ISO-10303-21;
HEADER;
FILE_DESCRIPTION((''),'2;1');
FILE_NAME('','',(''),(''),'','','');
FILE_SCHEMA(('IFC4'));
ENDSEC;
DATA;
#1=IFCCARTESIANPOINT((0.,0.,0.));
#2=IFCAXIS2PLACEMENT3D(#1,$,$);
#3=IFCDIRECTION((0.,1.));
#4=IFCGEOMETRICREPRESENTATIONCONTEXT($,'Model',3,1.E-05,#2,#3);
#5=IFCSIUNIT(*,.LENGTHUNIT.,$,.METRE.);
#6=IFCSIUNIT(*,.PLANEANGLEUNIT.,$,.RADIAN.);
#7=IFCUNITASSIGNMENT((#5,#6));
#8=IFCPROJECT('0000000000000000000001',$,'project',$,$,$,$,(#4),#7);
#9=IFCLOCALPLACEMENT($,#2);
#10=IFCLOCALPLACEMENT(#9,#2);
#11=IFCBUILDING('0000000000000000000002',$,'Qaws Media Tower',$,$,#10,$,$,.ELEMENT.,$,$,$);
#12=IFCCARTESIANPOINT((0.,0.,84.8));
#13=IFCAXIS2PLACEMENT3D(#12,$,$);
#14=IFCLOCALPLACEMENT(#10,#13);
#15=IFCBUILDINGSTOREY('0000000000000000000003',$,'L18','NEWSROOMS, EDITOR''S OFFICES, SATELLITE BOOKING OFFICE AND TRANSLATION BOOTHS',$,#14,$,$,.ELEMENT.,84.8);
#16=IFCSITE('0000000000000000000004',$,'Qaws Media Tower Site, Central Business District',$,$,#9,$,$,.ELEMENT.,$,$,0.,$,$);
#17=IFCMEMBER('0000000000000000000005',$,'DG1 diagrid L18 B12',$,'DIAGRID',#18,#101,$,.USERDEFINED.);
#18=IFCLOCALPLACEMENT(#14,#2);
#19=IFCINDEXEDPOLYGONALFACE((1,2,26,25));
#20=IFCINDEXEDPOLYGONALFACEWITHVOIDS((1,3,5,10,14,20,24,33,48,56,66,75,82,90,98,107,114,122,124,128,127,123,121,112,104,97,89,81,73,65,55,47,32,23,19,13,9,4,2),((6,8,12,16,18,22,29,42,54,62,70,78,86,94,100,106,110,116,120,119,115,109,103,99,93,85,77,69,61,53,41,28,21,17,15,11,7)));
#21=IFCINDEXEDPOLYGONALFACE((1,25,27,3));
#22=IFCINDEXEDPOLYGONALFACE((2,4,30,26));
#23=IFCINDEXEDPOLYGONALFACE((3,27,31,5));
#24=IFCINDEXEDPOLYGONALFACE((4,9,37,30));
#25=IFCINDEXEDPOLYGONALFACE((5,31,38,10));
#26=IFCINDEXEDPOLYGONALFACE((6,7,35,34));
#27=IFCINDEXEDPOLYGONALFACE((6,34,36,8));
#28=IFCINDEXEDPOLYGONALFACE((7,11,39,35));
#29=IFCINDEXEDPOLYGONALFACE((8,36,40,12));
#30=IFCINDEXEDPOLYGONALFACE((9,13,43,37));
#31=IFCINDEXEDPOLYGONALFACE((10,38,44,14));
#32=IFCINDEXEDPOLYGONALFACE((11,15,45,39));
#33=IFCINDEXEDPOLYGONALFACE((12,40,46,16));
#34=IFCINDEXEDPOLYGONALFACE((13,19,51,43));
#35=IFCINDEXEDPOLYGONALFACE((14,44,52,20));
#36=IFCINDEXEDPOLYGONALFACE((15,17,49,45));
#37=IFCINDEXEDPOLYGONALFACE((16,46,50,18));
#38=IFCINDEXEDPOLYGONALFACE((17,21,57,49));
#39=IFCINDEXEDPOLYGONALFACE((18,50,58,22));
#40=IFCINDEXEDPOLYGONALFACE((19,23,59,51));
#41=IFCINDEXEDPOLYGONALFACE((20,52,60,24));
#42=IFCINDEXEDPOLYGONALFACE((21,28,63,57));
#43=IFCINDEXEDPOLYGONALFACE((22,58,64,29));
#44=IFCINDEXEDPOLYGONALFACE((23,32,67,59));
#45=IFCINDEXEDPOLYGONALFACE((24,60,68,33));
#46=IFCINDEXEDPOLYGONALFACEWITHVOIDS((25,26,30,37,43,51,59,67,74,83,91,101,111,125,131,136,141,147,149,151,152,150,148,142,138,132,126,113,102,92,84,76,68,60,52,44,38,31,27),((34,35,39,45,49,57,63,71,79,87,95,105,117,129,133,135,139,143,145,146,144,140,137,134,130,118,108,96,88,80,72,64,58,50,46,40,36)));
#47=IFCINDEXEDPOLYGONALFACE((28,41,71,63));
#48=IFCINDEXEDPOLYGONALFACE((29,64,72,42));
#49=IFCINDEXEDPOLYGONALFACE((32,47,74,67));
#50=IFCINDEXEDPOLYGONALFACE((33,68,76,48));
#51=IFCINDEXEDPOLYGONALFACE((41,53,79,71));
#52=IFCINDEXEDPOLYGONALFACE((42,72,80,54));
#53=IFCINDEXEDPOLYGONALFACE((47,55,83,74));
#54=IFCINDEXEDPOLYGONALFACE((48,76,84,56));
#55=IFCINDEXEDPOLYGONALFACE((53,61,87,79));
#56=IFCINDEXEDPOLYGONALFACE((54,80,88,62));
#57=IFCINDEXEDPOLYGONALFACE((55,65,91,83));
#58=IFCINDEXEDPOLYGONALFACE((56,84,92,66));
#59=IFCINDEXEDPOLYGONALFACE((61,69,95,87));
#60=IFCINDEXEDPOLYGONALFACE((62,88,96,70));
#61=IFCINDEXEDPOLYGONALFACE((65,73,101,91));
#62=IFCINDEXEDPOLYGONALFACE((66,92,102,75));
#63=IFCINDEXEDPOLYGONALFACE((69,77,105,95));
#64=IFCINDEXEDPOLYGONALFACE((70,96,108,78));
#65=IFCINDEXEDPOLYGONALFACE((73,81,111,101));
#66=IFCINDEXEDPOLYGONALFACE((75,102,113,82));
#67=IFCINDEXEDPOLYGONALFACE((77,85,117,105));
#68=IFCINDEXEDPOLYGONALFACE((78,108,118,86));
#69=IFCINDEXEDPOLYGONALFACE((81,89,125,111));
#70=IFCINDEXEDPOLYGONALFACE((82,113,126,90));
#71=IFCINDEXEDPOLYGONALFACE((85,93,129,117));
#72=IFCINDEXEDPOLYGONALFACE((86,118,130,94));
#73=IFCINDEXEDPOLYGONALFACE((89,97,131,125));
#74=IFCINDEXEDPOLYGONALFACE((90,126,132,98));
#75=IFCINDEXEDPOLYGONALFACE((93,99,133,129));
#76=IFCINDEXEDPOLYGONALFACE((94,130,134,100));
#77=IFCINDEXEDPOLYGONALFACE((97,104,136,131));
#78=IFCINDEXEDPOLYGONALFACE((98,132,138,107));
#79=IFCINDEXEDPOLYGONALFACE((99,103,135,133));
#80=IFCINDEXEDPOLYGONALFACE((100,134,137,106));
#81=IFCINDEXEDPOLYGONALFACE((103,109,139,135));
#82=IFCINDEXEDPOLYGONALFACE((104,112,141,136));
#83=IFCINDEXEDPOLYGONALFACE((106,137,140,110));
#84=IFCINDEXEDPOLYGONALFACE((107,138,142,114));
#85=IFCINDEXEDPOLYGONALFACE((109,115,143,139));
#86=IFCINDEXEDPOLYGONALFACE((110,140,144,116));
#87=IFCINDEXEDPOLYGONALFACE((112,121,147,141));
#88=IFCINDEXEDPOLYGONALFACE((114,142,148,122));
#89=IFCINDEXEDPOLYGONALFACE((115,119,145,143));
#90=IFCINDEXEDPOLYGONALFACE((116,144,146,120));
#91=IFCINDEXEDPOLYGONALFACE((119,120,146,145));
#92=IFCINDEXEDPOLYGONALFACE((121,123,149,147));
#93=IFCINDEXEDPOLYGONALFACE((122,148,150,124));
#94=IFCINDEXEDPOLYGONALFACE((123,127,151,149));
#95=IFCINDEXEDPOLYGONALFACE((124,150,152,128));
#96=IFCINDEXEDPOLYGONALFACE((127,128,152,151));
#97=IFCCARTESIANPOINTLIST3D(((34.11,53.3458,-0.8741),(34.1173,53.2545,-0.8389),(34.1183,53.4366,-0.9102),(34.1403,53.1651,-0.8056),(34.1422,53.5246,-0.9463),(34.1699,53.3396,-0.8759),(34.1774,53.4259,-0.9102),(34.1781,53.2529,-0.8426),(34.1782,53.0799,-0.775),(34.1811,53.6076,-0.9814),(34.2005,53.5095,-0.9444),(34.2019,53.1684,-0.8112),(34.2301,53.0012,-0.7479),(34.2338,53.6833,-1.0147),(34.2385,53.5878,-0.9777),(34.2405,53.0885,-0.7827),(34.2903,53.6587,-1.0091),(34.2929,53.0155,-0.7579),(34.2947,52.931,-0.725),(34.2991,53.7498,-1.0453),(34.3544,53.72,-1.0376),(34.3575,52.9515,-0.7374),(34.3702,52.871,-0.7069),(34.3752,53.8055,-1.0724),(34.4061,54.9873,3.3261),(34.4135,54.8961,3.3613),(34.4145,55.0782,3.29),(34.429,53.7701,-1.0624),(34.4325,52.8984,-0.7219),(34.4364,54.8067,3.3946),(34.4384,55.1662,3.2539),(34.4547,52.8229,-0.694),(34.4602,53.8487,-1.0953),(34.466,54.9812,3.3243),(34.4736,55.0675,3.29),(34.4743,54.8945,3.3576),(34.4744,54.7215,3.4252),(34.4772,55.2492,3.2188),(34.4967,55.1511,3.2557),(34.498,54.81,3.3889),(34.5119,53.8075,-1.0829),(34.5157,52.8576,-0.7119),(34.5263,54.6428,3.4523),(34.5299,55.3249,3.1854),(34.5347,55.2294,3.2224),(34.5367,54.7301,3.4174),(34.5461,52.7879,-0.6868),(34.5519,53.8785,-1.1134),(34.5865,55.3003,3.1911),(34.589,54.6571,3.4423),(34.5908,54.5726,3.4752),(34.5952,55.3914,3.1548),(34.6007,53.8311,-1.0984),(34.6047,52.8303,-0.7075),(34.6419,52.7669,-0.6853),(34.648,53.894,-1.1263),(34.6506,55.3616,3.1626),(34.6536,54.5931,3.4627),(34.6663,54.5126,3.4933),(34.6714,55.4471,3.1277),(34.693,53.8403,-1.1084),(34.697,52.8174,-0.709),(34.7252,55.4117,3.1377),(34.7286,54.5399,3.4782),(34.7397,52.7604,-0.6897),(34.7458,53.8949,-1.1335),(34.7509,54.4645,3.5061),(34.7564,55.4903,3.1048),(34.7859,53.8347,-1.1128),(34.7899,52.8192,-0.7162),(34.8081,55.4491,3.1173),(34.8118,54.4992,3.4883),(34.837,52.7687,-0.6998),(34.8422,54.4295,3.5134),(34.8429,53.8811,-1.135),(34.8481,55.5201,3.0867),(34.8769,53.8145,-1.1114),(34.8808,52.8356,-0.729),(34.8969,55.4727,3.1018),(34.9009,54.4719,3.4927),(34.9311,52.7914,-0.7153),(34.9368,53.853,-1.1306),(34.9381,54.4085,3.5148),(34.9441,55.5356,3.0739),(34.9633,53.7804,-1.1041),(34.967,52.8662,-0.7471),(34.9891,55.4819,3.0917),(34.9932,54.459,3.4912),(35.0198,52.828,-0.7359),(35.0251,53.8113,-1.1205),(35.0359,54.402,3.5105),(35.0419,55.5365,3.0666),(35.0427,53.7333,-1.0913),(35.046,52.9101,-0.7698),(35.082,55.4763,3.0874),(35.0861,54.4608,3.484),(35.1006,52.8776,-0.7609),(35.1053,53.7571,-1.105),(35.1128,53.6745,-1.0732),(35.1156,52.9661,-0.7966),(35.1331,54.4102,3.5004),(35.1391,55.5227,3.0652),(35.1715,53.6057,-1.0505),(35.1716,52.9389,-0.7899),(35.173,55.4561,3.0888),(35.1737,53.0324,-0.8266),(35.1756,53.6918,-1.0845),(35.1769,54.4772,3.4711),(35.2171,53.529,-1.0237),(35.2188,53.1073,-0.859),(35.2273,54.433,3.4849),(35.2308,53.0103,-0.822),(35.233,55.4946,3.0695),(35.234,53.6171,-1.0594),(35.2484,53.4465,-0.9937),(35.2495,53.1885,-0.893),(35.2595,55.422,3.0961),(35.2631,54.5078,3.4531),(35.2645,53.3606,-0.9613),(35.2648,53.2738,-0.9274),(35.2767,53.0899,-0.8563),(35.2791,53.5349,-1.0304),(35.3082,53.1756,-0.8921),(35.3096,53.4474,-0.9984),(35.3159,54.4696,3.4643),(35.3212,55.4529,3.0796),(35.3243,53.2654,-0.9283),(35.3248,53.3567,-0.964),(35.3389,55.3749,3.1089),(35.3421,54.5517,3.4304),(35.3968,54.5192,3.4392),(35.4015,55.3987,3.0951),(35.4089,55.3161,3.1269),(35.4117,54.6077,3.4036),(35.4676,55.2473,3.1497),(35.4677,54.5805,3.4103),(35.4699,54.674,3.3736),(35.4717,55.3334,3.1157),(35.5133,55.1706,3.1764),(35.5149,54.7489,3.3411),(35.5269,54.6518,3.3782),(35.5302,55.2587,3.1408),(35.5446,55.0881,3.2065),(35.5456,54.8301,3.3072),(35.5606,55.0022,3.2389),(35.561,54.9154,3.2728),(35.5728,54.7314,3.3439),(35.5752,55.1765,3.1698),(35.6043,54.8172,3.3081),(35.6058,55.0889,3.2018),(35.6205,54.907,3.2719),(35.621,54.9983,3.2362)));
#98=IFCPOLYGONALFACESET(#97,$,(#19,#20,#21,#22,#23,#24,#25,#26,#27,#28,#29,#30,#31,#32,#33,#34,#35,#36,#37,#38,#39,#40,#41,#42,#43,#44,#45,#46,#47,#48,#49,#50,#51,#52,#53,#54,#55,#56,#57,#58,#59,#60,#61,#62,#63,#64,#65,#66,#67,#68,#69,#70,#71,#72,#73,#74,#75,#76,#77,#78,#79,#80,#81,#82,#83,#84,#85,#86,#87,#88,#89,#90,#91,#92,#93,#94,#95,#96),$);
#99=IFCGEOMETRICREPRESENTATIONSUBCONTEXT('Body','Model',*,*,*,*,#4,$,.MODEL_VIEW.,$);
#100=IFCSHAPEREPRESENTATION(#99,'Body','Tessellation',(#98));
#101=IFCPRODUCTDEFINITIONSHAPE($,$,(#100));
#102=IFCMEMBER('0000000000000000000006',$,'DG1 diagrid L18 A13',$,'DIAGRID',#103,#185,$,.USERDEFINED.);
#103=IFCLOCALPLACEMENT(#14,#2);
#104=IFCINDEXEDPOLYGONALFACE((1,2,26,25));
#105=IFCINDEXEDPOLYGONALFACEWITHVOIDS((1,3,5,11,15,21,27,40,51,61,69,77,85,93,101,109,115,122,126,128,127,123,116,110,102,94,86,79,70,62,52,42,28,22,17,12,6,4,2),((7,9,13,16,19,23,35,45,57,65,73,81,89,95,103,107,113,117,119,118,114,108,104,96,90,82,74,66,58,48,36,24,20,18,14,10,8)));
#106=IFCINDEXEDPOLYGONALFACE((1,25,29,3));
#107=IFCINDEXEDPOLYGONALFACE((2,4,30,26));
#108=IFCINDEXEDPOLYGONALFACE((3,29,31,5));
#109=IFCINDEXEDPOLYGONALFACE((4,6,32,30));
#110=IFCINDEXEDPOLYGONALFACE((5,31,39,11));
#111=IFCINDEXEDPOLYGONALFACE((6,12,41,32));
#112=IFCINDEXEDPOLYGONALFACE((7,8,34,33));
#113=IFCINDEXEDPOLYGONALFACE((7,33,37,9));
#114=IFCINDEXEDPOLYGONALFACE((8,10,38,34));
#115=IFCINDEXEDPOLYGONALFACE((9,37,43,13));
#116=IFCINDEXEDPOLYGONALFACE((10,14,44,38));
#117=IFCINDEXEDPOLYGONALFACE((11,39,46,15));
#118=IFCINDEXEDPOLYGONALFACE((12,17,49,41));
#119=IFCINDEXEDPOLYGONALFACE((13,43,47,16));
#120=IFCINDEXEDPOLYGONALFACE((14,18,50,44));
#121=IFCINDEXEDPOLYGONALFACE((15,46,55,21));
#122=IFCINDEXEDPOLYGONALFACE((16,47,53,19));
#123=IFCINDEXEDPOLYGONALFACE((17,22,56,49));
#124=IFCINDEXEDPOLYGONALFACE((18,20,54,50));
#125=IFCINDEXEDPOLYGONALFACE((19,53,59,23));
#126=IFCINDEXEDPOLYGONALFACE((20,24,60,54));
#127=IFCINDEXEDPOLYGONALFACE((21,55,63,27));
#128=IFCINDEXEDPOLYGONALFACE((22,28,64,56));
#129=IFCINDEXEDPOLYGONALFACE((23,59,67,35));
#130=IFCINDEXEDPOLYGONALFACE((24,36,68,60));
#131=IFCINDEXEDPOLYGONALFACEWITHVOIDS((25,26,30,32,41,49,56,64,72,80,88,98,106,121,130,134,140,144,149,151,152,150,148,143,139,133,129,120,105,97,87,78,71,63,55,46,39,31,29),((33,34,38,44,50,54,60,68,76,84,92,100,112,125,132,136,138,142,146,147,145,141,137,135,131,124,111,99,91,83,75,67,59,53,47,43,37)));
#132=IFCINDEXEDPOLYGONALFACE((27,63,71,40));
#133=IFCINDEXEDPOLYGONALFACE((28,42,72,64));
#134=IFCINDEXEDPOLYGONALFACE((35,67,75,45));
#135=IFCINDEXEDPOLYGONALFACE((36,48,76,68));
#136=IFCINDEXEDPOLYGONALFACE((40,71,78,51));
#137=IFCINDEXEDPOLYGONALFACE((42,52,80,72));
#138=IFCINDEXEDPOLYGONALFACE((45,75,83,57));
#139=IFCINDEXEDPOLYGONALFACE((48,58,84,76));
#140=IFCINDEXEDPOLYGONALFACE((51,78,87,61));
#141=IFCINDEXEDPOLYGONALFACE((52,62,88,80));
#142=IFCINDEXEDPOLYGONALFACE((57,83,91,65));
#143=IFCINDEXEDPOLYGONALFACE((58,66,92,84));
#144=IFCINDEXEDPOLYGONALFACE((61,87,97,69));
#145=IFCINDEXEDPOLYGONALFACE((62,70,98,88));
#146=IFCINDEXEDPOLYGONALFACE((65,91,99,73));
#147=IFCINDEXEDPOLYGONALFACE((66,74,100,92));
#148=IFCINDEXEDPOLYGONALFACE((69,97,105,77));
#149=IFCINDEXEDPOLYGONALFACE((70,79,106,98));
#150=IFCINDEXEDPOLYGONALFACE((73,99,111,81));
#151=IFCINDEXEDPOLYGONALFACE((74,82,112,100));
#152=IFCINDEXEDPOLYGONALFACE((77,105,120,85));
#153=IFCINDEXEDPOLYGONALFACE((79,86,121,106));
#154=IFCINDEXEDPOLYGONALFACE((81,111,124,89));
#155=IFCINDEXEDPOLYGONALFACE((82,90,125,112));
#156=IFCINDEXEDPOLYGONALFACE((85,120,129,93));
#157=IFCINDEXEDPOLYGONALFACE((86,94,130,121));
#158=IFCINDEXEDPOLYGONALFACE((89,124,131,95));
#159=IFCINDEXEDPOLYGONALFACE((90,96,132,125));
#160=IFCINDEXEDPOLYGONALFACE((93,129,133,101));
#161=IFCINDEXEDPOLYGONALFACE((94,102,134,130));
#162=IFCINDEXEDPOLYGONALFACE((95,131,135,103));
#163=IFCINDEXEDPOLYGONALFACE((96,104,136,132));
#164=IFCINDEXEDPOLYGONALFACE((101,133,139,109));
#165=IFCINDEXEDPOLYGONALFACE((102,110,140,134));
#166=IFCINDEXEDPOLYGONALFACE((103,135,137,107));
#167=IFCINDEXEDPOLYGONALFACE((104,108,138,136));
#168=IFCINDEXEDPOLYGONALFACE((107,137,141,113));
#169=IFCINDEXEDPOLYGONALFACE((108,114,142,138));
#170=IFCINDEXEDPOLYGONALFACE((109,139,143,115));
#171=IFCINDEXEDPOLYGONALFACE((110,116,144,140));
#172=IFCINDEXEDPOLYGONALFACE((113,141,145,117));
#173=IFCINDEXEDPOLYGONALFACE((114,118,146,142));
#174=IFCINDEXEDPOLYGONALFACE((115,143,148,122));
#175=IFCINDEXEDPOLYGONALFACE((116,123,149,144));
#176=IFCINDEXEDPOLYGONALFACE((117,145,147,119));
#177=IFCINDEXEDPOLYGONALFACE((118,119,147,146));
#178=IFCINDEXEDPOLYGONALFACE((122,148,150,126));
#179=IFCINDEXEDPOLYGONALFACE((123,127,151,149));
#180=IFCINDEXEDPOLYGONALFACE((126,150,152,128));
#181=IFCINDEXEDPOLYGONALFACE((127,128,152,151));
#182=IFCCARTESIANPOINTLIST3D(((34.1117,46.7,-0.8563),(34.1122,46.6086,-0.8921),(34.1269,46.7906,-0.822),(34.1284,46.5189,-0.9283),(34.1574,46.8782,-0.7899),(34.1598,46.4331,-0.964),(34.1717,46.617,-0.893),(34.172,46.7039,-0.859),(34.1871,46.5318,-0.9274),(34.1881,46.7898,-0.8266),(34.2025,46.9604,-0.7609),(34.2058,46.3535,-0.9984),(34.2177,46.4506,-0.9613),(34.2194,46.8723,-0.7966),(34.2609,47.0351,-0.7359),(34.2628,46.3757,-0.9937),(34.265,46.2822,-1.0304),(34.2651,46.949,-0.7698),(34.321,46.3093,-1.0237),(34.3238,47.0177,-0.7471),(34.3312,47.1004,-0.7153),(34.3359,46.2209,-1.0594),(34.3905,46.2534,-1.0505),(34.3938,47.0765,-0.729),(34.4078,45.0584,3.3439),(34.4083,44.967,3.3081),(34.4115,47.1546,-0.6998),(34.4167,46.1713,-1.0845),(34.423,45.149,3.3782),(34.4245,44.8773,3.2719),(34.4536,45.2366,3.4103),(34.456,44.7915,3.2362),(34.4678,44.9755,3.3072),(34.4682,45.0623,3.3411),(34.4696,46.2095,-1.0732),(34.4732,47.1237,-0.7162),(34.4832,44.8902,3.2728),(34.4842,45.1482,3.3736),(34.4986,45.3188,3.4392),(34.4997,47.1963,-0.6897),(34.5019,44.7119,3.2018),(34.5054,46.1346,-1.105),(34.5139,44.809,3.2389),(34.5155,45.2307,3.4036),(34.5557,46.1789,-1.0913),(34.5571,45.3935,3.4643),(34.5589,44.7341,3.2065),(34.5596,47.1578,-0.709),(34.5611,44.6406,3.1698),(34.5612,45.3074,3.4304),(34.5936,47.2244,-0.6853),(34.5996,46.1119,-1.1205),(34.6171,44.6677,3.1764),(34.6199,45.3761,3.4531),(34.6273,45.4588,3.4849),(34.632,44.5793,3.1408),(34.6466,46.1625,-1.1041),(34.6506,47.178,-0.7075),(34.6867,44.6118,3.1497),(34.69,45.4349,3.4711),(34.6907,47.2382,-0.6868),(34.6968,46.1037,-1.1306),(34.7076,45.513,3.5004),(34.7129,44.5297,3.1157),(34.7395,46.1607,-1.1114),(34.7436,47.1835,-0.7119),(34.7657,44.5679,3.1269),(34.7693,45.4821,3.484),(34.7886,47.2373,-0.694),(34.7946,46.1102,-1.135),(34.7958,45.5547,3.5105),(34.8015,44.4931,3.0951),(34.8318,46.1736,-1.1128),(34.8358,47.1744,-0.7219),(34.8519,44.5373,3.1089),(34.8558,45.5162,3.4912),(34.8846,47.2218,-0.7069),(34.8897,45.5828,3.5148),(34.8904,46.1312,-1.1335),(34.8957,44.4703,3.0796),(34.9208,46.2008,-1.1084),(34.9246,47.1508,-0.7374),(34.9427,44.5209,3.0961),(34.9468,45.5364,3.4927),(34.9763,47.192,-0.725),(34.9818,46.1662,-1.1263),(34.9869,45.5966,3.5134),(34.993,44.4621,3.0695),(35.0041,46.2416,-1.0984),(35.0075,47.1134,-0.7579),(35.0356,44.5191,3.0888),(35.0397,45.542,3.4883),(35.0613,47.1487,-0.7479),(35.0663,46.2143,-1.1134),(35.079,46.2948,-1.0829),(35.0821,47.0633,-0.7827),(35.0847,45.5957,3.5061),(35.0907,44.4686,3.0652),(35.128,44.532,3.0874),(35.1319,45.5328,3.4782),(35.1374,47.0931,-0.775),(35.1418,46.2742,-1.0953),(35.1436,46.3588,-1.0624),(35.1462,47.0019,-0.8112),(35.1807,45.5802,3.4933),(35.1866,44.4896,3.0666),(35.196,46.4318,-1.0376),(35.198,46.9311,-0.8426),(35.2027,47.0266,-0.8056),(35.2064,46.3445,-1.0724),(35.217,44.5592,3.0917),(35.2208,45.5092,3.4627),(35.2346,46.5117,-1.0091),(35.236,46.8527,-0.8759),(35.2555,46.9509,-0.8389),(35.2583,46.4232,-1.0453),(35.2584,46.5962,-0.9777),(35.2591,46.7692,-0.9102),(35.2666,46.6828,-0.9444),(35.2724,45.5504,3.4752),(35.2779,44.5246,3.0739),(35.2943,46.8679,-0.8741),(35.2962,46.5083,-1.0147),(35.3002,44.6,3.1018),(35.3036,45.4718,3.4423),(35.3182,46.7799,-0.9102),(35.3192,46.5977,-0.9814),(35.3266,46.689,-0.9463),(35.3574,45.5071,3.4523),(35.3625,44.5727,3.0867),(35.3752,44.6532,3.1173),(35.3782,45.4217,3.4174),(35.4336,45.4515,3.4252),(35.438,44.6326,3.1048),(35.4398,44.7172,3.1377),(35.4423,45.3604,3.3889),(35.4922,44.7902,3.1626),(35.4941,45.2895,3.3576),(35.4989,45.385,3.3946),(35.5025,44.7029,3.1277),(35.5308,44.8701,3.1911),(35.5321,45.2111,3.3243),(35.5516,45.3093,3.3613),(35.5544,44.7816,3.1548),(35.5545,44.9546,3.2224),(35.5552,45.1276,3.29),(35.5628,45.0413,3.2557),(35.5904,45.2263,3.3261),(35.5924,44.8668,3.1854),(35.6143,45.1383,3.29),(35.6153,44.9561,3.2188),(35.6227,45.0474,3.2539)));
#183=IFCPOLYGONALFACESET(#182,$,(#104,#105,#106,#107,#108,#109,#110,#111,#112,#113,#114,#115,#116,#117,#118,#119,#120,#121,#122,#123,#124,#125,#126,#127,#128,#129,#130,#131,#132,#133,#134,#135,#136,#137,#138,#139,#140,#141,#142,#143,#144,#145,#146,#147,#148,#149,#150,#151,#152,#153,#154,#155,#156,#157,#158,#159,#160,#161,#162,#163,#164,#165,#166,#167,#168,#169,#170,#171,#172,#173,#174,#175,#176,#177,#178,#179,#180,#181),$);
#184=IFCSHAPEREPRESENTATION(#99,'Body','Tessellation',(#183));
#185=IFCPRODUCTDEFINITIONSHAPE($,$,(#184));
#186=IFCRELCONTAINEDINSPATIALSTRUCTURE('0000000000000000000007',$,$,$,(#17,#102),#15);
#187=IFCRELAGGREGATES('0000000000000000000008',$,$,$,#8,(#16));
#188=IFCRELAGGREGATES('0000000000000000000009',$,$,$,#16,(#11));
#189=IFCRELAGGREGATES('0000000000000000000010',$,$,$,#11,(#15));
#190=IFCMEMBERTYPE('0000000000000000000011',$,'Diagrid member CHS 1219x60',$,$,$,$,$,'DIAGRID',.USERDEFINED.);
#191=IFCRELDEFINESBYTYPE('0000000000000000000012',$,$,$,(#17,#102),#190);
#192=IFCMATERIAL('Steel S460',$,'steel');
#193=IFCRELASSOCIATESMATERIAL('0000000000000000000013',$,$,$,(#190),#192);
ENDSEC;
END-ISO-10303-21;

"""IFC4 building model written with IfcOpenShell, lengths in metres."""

from ifc_helpers import new_model, si_unit, direction, frame, origin, origin_2d, place, context, subcontext, project, spatial, hollow_circle, extrude, material, material_profile, profile_set, type_object, element, save


model = new_model("IFC4")

# Units and contexts
model_context = context("Model", 3, precision=1e-05, world=origin(), true_north=direction((0.0, 1.0)))
body_context = subcontext(model_context, "Body", "Model", "MODEL_VIEW")
ifc_project = project(units=[si_unit("LENGTHUNIT", "METRE"), si_unit("PLANEANGLEUNIT", "RADIAN")], contexts=[model_context])

# Site, building, storey
site_placement = place(None, origin())
site = spatial("IfcSite", under=ifc_project, at=site_placement, Name="Qaws Media Tower Site, Central Business District", CompositionType="ELEMENT", RefElevation=0.0)
building_placement = place(site_placement, origin())
building = spatial("IfcBuilding", under=site, at=building_placement, Name="Qaws Media Tower", CompositionType="ELEMENT")
storey_placement = place(building_placement, frame((0.0, 0.0, 84.8)))
storey = spatial("IfcBuildingStorey", under=building, at=storey_placement, Name="L18", Description="NEWSROOMS, EDITOR'S OFFICES, SATELLITE BOOKING OFFICE AND TRANSLATION BOOTHS", CompositionType="ELEMENT", Elevation=84.8)

# Members
ifc_material_1 = material(Name="Steel S460", Category="steel")
ifc_material_profile_1 = material_profile(ifc_material_1, hollow_circle(Radius=0.6096, WallThickness=0.0601, at=origin_2d()), Name="CHS 1219x60")
ifc_profile_set_1 = profile_set([ifc_material_profile_1], Name="Steel S460")
member_type_1 = type_object("IfcMemberType", Name="Diagrid member CHS 1219x60", ElementType="DIAGRID", PredefinedType="USERDEFINED", material=ifc_profile_set_1)
for number, where, z_axis, x_axis, name in (
    (1, (34.7183, 53.3284, -0.9102), (0.065528, 0.363241, 0.929388), (-0.984115, 0.177533, 0.0), "DG1 diagrid L18 B12"),
    (2, (34.7183, 46.6716, -0.9102), (0.065528, -0.363241, 0.929388), (0.984115, 0.177533, 0.0), "DG1 diagrid L18 A13"),
):
    element("IfcMember", number, at=place(storey_placement, frame(where, z_axis=z_axis, x_axis=x_axis)), inside=storey, type_object=member_type_1, Name=name, ObjectType="DIAGRID", PredefinedType="USERDEFINED", context=body_context, shape_type="SweptSolid", body=[
        extrude(hollow_circle(Radius=0.6096, WallThickness=0.0601, at=origin_2d()), origin(), (0.0, 0.0, 1.0), 4.5193),
    ])

save(model, "model.ifc")
